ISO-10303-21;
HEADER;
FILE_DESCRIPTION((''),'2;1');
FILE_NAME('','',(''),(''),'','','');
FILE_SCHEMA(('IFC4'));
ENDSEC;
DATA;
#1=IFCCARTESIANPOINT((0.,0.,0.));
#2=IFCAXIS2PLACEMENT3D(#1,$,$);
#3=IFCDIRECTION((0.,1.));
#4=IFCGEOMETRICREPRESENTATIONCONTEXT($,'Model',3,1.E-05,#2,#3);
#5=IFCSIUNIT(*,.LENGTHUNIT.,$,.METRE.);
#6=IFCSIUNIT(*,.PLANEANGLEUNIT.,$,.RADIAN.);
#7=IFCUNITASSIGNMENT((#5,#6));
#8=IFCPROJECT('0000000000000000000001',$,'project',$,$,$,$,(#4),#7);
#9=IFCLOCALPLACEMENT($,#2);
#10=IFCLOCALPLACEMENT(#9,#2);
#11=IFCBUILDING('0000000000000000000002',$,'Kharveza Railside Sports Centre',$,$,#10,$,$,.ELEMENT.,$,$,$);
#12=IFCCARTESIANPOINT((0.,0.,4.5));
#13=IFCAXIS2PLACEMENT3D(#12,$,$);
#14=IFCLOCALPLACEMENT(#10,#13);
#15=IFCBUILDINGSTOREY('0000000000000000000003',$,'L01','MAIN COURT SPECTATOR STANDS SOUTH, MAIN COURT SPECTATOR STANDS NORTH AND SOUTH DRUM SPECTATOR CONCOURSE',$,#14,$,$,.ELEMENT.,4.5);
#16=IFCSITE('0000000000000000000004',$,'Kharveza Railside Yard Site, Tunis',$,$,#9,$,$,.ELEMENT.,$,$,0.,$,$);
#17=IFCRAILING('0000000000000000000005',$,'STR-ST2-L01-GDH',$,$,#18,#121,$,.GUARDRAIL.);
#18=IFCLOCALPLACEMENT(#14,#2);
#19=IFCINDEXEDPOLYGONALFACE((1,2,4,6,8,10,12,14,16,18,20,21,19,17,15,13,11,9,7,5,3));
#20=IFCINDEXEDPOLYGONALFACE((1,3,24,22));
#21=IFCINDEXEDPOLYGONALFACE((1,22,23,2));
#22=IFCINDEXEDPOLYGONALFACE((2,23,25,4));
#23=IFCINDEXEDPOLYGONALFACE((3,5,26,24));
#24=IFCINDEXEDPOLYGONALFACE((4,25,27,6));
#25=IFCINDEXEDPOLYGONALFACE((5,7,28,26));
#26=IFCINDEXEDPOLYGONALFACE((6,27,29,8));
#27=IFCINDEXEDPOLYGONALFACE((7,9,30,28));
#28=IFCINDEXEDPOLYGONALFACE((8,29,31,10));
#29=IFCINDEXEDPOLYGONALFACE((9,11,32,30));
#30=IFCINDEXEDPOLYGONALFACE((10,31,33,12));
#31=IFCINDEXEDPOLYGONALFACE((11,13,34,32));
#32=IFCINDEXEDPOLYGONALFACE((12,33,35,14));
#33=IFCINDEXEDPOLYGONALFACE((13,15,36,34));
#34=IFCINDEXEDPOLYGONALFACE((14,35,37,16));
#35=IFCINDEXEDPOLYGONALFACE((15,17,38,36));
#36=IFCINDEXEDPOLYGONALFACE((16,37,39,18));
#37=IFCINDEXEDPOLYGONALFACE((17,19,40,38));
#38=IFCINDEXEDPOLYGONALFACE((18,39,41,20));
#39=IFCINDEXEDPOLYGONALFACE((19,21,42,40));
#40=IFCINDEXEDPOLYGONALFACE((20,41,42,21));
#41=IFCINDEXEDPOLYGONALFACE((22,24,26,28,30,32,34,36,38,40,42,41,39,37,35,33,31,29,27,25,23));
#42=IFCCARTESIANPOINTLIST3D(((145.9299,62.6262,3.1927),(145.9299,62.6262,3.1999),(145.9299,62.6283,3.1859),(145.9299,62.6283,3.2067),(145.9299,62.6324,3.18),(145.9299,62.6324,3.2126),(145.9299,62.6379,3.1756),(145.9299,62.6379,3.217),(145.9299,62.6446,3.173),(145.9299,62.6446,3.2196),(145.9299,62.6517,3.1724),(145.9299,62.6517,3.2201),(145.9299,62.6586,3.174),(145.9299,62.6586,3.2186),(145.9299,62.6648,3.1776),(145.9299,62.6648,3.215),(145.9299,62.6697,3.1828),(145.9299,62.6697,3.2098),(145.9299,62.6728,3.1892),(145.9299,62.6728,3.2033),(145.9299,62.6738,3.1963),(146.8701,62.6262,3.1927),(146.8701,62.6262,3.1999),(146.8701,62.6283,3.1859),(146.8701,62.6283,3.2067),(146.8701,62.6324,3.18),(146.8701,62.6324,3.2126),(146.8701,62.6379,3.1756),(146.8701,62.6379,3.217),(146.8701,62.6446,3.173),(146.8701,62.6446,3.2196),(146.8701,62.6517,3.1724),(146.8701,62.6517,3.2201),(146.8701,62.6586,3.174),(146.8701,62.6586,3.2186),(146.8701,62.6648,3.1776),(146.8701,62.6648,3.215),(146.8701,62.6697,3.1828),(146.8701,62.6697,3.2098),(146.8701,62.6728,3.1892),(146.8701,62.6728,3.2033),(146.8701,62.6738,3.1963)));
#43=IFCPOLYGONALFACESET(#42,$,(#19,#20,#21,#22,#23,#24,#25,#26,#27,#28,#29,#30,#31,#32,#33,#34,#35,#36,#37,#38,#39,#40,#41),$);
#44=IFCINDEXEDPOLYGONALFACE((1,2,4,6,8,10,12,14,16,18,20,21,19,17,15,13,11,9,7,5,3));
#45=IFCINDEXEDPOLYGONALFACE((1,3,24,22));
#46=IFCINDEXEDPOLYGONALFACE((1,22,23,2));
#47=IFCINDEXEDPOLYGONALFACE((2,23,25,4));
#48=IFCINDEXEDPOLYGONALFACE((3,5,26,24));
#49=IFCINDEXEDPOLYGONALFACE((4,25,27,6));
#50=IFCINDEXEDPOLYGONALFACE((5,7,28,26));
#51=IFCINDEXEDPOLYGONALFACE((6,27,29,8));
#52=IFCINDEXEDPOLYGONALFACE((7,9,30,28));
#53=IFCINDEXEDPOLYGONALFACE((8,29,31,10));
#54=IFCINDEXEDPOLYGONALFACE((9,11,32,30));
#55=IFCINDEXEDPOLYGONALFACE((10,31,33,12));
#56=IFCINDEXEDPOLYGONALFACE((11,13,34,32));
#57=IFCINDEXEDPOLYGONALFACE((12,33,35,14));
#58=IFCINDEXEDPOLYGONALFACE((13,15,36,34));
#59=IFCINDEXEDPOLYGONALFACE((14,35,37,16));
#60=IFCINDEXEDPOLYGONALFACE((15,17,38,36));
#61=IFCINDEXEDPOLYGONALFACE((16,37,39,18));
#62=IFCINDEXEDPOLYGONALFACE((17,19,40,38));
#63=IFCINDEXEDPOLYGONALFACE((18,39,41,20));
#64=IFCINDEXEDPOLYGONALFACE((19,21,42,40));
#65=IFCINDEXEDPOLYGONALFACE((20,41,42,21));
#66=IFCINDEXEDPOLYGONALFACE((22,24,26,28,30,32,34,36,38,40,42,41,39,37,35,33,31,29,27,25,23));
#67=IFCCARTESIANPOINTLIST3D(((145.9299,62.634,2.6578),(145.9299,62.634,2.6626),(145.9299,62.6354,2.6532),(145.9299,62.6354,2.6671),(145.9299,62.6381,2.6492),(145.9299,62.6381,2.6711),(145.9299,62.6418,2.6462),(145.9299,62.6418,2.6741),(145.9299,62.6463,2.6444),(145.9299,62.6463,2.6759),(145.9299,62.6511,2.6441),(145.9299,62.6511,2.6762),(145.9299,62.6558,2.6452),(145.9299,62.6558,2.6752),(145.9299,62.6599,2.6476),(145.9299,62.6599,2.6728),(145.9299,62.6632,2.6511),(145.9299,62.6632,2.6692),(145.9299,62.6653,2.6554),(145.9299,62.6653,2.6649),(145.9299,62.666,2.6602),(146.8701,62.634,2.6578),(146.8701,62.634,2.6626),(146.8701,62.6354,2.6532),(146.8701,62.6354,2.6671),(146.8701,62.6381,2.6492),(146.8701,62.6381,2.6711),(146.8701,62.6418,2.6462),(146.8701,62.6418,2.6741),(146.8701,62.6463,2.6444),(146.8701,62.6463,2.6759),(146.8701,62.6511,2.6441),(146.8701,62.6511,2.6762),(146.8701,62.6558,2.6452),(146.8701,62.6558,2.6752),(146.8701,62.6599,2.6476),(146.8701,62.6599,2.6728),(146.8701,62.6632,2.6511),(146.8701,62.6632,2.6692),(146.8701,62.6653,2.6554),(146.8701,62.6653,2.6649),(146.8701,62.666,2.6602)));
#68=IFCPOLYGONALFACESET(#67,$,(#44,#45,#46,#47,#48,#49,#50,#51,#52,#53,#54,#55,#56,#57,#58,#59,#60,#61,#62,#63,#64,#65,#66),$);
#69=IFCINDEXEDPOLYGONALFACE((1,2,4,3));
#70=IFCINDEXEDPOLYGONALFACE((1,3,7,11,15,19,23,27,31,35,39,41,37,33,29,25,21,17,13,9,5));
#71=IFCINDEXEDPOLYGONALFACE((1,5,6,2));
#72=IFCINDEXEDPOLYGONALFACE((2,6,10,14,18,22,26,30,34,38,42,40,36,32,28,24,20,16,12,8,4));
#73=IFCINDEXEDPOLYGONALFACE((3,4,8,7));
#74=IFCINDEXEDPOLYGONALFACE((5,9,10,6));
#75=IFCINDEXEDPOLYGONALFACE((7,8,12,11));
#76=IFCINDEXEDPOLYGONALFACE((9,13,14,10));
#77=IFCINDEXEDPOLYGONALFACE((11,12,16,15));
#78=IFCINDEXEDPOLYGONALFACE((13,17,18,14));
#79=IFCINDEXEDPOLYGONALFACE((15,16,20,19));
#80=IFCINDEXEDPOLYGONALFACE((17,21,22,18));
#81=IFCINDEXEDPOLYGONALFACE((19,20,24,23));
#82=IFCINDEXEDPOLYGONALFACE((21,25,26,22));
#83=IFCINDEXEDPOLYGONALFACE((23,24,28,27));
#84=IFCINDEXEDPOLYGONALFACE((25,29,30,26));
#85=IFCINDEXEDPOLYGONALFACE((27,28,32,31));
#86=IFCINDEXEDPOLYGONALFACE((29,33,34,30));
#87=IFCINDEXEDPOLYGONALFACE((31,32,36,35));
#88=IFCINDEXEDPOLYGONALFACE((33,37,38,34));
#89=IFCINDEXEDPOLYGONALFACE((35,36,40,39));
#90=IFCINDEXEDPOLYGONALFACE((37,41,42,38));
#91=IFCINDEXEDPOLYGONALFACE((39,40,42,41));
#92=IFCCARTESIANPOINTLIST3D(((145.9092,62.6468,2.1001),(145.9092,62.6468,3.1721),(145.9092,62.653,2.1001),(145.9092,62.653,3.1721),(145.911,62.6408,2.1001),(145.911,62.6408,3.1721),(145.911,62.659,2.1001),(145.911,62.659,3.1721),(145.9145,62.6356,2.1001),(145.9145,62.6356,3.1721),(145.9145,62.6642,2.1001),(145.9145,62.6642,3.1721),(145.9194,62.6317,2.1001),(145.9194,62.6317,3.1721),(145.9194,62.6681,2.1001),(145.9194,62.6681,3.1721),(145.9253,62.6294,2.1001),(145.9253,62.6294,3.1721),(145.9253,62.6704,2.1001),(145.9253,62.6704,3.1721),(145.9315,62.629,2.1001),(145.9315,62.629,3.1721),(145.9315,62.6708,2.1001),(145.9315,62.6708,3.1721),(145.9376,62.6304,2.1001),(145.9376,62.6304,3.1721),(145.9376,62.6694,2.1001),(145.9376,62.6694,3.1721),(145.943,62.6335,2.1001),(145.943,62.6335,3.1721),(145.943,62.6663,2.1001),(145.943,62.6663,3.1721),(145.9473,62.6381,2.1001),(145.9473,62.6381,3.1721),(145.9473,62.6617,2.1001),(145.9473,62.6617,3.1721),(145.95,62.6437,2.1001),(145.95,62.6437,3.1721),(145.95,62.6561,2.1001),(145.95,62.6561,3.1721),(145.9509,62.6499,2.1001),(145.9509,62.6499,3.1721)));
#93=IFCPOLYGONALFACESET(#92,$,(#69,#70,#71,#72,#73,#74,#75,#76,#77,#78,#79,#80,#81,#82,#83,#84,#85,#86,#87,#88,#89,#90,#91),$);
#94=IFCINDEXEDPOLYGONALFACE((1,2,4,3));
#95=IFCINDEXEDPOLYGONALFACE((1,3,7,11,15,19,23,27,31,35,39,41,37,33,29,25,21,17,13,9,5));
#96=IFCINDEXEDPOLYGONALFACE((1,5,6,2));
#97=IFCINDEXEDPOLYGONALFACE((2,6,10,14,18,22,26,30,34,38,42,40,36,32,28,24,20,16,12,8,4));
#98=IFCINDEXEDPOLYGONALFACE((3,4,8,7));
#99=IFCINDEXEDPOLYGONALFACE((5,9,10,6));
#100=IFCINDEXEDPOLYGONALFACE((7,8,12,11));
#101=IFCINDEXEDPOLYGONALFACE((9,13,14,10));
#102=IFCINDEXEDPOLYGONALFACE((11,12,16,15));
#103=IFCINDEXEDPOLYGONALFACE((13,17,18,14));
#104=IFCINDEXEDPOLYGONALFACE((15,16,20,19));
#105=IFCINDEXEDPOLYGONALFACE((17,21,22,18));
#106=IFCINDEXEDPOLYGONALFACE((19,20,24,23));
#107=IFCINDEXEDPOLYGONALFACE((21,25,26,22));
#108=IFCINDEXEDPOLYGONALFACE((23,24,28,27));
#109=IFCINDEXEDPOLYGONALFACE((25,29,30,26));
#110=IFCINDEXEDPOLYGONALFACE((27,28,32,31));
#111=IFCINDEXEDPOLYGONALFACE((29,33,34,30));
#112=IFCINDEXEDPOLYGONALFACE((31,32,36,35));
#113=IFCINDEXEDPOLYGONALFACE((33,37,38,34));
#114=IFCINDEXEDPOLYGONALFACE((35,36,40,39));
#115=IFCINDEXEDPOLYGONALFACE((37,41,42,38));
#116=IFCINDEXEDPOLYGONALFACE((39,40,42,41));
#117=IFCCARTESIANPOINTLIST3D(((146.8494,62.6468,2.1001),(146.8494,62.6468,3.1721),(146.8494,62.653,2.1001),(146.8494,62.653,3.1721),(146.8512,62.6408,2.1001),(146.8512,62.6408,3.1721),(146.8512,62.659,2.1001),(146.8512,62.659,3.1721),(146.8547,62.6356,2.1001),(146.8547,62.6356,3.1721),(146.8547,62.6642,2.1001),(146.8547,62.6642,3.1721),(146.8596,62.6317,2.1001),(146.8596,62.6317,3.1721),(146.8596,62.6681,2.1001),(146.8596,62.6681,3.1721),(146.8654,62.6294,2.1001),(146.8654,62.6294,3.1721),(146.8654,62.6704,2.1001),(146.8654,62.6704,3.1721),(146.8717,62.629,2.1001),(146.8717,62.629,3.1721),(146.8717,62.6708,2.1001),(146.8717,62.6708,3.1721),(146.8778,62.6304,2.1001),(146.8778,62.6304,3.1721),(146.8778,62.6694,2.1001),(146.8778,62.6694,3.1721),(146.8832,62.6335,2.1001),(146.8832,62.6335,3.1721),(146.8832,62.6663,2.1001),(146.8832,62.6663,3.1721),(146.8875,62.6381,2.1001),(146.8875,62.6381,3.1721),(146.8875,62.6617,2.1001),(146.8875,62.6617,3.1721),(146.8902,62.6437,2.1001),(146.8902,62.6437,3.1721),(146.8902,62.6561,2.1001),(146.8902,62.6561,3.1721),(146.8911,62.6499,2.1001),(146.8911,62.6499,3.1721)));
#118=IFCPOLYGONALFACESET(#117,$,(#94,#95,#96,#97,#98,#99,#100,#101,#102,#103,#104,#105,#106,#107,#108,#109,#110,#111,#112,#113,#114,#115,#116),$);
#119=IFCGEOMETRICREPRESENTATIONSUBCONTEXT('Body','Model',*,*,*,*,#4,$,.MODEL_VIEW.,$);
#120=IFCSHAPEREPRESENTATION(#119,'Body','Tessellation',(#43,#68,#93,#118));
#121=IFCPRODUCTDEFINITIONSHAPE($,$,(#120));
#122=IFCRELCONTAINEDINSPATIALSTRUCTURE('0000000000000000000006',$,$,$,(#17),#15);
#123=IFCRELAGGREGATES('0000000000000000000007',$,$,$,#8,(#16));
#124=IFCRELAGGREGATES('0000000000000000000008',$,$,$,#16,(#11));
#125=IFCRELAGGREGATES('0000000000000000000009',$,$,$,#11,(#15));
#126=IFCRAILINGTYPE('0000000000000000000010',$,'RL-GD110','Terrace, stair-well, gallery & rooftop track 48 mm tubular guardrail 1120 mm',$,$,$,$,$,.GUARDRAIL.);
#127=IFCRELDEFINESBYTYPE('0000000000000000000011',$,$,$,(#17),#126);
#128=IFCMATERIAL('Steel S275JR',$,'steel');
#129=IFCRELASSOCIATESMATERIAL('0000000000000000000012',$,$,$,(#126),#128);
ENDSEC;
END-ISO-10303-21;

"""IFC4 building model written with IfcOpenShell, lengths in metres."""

from ifc_helpers import new_model, si_unit, direction, frame, origin, origin_2d, place, context, subcontext, project, spatial, circle, extrude, material, type_object, element, save


model = new_model("IFC4")

# Units and contexts
model_context = context("Model", 3, precision=1e-05, world=origin(), true_north=direction((0.0, 1.0)))
body_context = subcontext(model_context, "Body", "Model", "MODEL_VIEW")
ifc_project = project(units=[si_unit("LENGTHUNIT", "METRE"), si_unit("PLANEANGLEUNIT", "RADIAN")], contexts=[model_context])

# Site, building, storey
site_placement = place(None, origin())
site = spatial("IfcSite", under=ifc_project, at=site_placement, Name="Kharveza Railside Yard Site, Tunis", CompositionType="ELEMENT", RefElevation=0.0)
building_placement = place(site_placement, origin())
building = spatial("IfcBuilding", under=site, at=building_placement, Name="Kharveza Railside Sports Centre", CompositionType="ELEMENT")
storey_placement = place(building_placement, frame((0.0, 0.0, 4.5)))
storey = spatial("IfcBuildingStorey", under=building, at=storey_placement, Name="L01", Description="MAIN COURT SPECTATOR STANDS SOUTH, MAIN COURT SPECTATOR STANDS NORTH AND SOUTH DRUM SPECTATOR CONCOURSE", CompositionType="ELEMENT", Elevation=4.5)

# Railing
ifc_material_1 = material(Name="Steel S275JR", Category="steel")
railing_type_1 = type_object("IfcRailingType", Name="RL-GD110", Description="Terrace, stair-well, gallery & rooftop track 48 mm tubular guardrail 1120 mm", PredefinedType="GUARDRAIL", material=ifc_material_1)
railing_1_placement = place(storey_placement, frame((145.9299, 62.6499, 2.1001)))
element("IfcRailing", 1, at=railing_1_placement, inside=storey, type_object=railing_type_1, Name="STR-ST2-L01-GDH", PredefinedType="GUARDRAIL", context=body_context, shape_type="SweptSolid", body=[
    extrude(circle(Radius=0.0239, at=origin_2d()), frame((0.0, 0.0, 1.0962), z_axis=(1.0, 0.0, 0.0), x_axis=(0.0, 1.0, 0.0)), (0.0, 0.0, 1.0), 0.9402),
    extrude(circle(Radius=0.0161, at=origin_2d()), frame((0.0, 0.0, 0.5601), z_axis=(1.0, 0.0, 0.0), x_axis=(0.0, 1.0, 0.0)), (0.0, 0.0, 1.0), 0.9402),
    extrude(circle(Radius=0.021, at=origin_2d()), origin(), (0.0, 0.0, 1.0), 1.072),
    extrude(circle(Radius=0.021, at=origin_2d()), frame((0.9402, 0.0, 0.0)), (0.0, 0.0, 1.0), 1.072),
])

save(model, "model.ifc")
